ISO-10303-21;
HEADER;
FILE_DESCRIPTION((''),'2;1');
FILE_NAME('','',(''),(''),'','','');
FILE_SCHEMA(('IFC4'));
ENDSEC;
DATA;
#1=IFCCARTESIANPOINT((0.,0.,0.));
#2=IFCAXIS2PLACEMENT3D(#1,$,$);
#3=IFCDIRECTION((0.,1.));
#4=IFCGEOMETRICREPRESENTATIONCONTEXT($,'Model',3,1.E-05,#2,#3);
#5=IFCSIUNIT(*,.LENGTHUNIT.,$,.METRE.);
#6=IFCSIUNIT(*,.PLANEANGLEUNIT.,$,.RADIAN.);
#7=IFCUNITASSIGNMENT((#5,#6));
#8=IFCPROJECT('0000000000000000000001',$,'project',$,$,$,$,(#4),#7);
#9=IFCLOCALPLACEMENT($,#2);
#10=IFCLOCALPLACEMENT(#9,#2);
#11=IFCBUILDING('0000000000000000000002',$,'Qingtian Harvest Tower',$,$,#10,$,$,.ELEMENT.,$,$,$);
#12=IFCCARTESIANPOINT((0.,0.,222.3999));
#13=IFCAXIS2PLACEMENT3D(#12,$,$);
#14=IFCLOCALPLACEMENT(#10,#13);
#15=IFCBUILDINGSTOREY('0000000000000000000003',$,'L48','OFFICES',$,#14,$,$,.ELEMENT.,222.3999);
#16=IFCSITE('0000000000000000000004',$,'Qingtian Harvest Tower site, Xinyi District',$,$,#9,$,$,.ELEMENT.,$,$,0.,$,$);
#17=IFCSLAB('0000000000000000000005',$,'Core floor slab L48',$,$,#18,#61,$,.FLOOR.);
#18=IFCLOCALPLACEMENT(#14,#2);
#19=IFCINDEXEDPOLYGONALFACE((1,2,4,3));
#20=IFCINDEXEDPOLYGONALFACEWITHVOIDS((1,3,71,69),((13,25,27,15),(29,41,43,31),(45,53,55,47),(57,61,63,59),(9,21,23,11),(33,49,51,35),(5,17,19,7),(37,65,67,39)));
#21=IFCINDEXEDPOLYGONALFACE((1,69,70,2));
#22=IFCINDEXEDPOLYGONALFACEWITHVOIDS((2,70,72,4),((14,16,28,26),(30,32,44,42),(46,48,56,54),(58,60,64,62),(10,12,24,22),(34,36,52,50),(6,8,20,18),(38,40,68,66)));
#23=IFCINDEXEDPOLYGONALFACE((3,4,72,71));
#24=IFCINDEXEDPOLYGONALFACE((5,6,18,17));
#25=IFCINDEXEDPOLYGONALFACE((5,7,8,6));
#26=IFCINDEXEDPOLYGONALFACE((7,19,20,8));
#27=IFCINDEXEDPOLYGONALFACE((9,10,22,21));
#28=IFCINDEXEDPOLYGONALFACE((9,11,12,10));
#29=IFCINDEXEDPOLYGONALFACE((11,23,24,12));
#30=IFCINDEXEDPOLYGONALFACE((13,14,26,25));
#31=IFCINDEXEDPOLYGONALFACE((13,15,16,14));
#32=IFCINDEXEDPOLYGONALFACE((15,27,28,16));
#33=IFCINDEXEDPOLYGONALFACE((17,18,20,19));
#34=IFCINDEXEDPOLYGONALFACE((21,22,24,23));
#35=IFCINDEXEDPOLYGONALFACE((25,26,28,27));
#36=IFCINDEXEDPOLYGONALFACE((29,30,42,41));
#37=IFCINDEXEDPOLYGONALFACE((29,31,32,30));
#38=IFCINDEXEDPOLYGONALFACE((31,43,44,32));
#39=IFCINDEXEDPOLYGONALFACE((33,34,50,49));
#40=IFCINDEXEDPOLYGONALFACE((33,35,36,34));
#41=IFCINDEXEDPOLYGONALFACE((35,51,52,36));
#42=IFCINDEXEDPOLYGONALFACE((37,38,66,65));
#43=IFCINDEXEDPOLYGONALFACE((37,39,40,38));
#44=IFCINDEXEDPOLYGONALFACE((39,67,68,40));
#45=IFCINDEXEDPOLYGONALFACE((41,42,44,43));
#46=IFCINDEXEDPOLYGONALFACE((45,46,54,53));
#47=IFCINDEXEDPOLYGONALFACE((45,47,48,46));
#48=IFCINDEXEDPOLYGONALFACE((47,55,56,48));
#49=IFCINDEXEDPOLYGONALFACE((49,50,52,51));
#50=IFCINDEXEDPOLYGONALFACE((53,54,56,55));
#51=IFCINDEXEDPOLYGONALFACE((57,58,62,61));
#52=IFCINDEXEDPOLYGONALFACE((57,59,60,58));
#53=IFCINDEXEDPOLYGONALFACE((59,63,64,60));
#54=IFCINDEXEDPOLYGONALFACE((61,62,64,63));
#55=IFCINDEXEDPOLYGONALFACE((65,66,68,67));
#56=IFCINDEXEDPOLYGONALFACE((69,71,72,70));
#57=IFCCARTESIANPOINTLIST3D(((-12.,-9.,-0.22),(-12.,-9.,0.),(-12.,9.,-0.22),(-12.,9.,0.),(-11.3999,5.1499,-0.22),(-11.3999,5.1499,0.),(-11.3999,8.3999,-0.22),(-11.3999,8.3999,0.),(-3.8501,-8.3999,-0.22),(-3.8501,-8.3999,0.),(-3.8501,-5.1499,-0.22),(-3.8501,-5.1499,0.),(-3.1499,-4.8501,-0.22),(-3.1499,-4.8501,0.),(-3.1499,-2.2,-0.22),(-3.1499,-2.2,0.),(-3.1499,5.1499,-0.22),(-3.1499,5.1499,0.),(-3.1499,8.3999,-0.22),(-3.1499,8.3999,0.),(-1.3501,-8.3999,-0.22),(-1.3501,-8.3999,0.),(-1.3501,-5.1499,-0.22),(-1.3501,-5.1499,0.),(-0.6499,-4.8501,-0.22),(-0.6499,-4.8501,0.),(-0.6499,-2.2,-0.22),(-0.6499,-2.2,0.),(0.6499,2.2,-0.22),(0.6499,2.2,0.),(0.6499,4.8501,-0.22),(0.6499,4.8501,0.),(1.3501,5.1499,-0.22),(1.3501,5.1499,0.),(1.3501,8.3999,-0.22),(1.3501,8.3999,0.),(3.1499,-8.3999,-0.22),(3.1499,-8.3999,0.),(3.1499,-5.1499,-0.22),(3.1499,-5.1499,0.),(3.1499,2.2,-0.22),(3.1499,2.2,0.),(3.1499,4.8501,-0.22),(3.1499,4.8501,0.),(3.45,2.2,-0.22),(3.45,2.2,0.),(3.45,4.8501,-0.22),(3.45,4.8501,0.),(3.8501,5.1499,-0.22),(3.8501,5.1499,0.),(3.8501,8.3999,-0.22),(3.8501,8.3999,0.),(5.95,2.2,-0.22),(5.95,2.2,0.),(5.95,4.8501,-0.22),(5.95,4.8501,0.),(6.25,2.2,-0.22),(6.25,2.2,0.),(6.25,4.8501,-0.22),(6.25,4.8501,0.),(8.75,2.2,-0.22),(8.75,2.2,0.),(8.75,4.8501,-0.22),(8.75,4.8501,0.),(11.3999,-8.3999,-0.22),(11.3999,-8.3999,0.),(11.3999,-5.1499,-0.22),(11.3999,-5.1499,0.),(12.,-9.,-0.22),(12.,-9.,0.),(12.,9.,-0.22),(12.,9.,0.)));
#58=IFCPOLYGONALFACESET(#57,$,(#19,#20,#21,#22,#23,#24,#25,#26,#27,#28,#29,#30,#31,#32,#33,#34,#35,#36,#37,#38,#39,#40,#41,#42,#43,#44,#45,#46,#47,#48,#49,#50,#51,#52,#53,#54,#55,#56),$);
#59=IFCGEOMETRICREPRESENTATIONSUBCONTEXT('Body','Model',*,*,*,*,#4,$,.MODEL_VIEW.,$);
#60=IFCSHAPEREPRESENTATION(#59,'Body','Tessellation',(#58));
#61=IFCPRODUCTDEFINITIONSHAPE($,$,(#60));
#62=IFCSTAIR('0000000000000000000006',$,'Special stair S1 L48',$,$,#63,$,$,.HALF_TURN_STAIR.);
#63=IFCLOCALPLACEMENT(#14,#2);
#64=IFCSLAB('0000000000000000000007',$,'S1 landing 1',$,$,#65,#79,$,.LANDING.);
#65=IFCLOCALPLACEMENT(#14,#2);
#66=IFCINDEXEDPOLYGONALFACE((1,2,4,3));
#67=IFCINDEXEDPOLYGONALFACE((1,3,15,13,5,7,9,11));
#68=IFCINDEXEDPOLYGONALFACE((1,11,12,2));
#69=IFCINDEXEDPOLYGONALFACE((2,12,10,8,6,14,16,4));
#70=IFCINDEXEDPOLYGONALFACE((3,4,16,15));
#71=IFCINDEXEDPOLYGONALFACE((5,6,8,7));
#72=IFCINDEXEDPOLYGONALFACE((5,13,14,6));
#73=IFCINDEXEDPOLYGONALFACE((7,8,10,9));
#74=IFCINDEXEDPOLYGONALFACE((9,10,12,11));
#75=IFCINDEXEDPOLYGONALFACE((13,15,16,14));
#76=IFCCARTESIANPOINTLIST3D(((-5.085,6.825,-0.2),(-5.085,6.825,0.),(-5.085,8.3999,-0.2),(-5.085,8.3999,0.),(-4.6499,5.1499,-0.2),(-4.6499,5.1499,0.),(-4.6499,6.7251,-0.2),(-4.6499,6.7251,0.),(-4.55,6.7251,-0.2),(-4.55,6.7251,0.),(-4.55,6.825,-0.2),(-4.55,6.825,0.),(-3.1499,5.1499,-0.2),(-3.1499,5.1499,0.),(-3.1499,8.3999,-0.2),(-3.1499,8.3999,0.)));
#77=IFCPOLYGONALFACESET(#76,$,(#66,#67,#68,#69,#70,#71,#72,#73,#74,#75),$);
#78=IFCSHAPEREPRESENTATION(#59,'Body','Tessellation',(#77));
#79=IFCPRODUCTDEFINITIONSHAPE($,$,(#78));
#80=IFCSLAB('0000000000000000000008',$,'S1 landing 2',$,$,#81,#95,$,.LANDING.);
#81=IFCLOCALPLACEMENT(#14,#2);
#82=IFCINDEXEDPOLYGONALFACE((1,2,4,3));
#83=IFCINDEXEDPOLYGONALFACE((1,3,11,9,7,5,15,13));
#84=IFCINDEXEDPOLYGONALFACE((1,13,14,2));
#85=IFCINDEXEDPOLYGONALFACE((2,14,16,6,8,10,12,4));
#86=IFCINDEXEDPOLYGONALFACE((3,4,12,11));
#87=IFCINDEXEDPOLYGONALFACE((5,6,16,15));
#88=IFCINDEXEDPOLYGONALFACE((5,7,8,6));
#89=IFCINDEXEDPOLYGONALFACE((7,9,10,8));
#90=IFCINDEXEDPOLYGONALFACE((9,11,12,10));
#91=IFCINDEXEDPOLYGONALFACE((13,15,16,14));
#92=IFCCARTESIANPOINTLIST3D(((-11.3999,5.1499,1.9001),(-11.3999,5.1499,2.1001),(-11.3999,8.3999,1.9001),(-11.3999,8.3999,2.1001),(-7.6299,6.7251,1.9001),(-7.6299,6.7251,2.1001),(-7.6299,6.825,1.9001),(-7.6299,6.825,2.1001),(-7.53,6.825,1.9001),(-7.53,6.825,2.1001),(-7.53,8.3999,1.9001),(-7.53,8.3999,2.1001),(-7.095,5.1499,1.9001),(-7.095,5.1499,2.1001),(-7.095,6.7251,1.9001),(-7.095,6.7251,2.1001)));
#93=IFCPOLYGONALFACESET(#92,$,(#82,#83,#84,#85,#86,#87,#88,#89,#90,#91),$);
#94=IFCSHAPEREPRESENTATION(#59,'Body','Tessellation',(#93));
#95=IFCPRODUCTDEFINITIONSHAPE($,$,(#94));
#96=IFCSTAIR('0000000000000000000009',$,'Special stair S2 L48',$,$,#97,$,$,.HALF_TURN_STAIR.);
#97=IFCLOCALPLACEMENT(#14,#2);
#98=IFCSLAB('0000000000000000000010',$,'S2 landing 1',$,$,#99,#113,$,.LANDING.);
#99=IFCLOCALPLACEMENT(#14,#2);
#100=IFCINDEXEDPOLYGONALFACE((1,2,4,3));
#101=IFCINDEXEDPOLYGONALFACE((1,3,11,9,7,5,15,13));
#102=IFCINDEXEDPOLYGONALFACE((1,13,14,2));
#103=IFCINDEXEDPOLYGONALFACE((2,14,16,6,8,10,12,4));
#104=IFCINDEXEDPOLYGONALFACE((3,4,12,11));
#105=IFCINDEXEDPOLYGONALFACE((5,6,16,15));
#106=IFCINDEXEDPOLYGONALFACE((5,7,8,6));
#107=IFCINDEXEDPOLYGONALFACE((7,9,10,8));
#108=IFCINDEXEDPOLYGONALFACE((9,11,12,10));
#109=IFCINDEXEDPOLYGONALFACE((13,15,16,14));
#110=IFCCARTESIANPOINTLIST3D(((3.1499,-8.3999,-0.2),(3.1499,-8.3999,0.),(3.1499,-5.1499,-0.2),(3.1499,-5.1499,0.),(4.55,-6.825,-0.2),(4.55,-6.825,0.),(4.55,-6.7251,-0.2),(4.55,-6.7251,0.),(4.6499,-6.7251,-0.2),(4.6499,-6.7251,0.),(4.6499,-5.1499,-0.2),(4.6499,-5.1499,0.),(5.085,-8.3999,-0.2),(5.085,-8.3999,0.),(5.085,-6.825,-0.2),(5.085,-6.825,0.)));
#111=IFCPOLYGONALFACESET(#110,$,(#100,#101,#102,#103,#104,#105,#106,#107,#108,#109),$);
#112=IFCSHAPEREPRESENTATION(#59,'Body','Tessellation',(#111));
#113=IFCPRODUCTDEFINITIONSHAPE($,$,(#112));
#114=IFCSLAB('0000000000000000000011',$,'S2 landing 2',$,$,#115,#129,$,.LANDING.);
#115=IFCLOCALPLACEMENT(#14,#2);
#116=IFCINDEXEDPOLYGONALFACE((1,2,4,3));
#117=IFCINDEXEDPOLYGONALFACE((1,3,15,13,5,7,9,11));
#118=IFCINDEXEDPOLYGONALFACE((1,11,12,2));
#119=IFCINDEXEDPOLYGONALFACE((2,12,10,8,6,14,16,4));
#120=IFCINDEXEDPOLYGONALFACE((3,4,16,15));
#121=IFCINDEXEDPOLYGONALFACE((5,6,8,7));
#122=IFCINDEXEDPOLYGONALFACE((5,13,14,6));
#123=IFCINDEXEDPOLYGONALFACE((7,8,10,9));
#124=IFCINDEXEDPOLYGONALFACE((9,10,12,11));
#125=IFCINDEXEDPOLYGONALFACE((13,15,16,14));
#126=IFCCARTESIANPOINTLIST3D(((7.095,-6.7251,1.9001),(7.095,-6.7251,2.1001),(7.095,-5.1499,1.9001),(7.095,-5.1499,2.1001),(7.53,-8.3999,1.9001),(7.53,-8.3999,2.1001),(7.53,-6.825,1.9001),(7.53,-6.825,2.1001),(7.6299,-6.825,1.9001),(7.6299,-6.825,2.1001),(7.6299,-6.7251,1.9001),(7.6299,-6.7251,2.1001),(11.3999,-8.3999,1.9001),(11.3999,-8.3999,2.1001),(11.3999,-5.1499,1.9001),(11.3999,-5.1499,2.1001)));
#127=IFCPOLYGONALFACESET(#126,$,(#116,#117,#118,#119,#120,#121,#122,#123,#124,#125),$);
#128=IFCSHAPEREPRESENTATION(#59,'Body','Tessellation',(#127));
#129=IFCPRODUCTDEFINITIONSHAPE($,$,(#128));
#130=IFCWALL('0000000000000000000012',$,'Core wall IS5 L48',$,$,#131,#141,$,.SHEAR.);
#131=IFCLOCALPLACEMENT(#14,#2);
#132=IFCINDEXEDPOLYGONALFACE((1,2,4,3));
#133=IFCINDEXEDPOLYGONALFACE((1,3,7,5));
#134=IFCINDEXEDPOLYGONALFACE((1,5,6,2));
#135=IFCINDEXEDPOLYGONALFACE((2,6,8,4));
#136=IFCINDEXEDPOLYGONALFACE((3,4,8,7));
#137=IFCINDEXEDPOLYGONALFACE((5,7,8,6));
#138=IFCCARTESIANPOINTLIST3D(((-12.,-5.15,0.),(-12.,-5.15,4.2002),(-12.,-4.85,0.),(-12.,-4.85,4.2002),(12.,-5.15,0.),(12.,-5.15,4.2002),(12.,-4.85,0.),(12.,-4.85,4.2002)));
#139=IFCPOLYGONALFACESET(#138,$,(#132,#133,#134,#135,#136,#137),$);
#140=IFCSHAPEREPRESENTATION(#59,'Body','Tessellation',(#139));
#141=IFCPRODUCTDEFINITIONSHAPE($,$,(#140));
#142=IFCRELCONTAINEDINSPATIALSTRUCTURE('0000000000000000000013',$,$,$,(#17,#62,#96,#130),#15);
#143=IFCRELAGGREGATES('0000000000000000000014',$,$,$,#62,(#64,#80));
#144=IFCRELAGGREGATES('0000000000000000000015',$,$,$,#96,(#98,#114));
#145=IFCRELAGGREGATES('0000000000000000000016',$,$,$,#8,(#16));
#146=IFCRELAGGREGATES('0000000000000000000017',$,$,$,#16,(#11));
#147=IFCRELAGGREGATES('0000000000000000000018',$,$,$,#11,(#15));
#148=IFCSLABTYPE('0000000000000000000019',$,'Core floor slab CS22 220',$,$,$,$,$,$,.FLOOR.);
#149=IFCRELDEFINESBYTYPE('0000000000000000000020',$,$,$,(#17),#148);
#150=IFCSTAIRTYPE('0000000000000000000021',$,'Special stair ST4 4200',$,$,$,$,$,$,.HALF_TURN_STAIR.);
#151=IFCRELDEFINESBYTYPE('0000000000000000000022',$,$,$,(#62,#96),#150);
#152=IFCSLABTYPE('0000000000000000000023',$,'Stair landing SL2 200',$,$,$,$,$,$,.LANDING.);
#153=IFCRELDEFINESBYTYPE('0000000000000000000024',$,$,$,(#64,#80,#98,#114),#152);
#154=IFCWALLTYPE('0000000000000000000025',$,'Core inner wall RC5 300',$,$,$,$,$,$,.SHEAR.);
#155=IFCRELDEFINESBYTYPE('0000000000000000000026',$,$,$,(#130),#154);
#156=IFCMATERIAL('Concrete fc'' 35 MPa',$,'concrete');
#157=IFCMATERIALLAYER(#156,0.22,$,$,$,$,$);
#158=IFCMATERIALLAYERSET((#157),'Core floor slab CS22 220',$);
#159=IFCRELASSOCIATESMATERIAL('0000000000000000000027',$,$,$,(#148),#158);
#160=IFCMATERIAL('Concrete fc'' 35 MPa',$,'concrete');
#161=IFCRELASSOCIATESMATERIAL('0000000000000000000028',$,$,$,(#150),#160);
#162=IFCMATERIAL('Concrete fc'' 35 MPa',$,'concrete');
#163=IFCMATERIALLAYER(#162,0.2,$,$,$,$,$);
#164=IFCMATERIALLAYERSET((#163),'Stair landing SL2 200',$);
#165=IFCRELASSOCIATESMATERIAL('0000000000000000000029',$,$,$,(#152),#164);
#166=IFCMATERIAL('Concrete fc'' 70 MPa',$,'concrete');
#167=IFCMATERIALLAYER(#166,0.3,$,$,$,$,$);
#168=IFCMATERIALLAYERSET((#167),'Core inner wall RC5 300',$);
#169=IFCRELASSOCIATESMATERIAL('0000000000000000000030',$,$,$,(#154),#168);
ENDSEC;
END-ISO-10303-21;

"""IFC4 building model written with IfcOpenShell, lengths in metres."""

from ifc_helpers import new_model, si_unit, direction, frame, frame_2d, origin, place, context, subcontext, project, spatial, polyline, rectangle, outline, extrude, material, layer, layer_set, type_object, element, aggregate, save


model = new_model("IFC4")

# Units and contexts
model_context = context("Model", 3, precision=1e-05, world=origin(), true_north=direction((0.0, 1.0)))
body_context = subcontext(model_context, "Body", "Model", "MODEL_VIEW")
ifc_project = project(units=[si_unit("LENGTHUNIT", "METRE"), si_unit("PLANEANGLEUNIT", "RADIAN")], contexts=[model_context])

# Site, building, storey
site_placement = place(None, origin())
site = spatial("IfcSite", under=ifc_project, at=site_placement, Name="Qingtian Harvest Tower site, Xinyi District", CompositionType="ELEMENT", RefElevation=0.0)
building_placement = place(site_placement, origin())
building = spatial("IfcBuilding", under=site, at=building_placement, Name="Qingtian Harvest Tower", CompositionType="ELEMENT")
storey_placement = place(building_placement, frame((0.0, 0.0, 222.3999)))
storey = spatial("IfcBuildingStorey", under=building, at=storey_placement, Name="L48", Description="OFFICES", CompositionType="ELEMENT", Elevation=222.3999)

# Slab
ifc_material_1 = material(Name="Concrete fc' 35 MPa", Category="concrete")
ifc_layer_1 = layer(ifc_material_1, 0.22)
ifc_layer_set_1 = layer_set([ifc_layer_1], Name="Core floor slab CS22 220")
slab_type_1 = type_object("IfcSlabType", Name="Core floor slab CS22 220", PredefinedType="FLOOR", material=ifc_layer_set_1)
slab_1_placement = place(storey_placement, frame((0.0, 0.0, -0.22)))
element("IfcSlab", 1, at=slab_1_placement, inside=storey, type_object=slab_type_1, Name="Core floor slab L48", PredefinedType="FLOOR", context=body_context, shape_type="SweptSolid", body=[
    extrude(outline(polyline([(-12.0, -9.0), (12.0, -9.0), (12.0, 9.0), (-12.0, 9.0), (-12.0, -9.0)]), holes=[polyline([(-11.3999, 5.1499), (-3.1499, 5.1499), (-3.1499, 8.3999), (-11.3999, 8.3999), (-11.3999, 5.1499)]), polyline([(3.1499, -8.3999), (11.3999, -8.3999), (11.3999, -5.1499), (3.1499, -5.1499), (3.1499, -8.3999)]), polyline([(1.3501, 5.1499), (3.8501, 5.1499), (3.8501, 8.3999), (1.3501, 8.3999), (1.3501, 5.1499)]), polyline([(-3.8501, -8.3999), (-1.3501, -8.3999), (-1.3501, -5.1499), (-3.8501, -5.1499), (-3.8501, -8.3999)]), polyline([(0.6499, 2.2), (3.1499, 2.2), (3.1499, 4.8501), (0.6499, 4.8501), (0.6499, 2.2)]), polyline([(3.45, 2.2), (5.95, 2.2), (5.95, 4.8501), (3.45, 4.8501), (3.45, 2.2)]), polyline([(6.25, 2.2), (8.75, 2.2), (8.75, 4.8501), (6.25, 4.8501), (6.25, 2.2)]), polyline([(-3.1499, -4.8501), (-0.6499, -4.8501), (-0.6499, -2.2), (-3.1499, -2.2), (-3.1499, -4.8501)])]), origin(), (0.0, 0.0, 1.0), 0.22),
])

# Stairs, slabs
ifc_material_2 = material(Name="Concrete fc' 35 MPa", Category="concrete")
stair_type = type_object("IfcStairType", Name="Special stair ST4 4200", PredefinedType="HALF_TURN_STAIR", material=ifc_material_2)
stair_1_placement = place(storey_placement, origin())
stair_1 = element("IfcStair", 2, at=stair_1_placement, inside=storey, type_object=stair_type, Name="Special stair S1 L48", PredefinedType="HALF_TURN_STAIR")
ifc_material_3 = material(Name="Concrete fc' 35 MPa", Category="concrete")
ifc_layer_2 = layer(ifc_material_3, 0.2)
ifc_layer_set_2 = layer_set([ifc_layer_2], Name="Stair landing SL2 200")
slab_type_2 = type_object("IfcSlabType", Name="Stair landing SL2 200", PredefinedType="LANDING", material=ifc_layer_set_2)
slab_2_placement = place(storey_placement, frame((0.0, 0.0, -0.2)))
slab_2 = element("IfcSlab", 3, at=slab_2_placement, type_object=slab_type_2, Name="S1 landing 1", PredefinedType="LANDING", context=body_context, shape_type="SweptSolid", body=[
    extrude(outline(polyline([(-4.6499, 5.1499), (-4.6499, 6.7251), (-4.55, 6.7251), (-4.55, 6.825), (-5.085, 6.825), (-5.085, 8.3999), (-3.1499, 8.3999), (-3.1499, 5.1499), (-4.6499, 5.1499)])), origin(), (0.0, 0.0, 1.0), 0.2),
])
slab_3_placement = place(storey_placement, frame((0.0, 0.0, 1.9001)))
slab_3 = element("IfcSlab", 4, at=slab_3_placement, type_object=slab_type_2, Name="S1 landing 2", PredefinedType="LANDING", context=body_context, shape_type="SweptSolid", body=[
    extrude(outline(polyline([(-7.095, 5.1499), (-11.3999, 5.1499), (-11.3999, 8.3999), (-7.53, 8.3999), (-7.53, 6.825), (-7.6299, 6.825), (-7.6299, 6.7251), (-7.095, 6.7251), (-7.095, 5.1499)])), origin(), (0.0, 0.0, 1.0), 0.2),
])
aggregate(stair_1, [slab_2, slab_3])
stair_2_placement = place(storey_placement, origin())
stair_2 = element("IfcStair", 5, at=stair_2_placement, inside=storey, type_object=stair_type, Name="Special stair S2 L48", PredefinedType="HALF_TURN_STAIR")
slab_4_placement = place(storey_placement, frame((0.0, 0.0, -0.2)))
slab_4 = element("IfcSlab", 6, at=slab_4_placement, type_object=slab_type_2, Name="S2 landing 1", PredefinedType="LANDING", context=body_context, shape_type="SweptSolid", body=[
    extrude(outline(polyline([(5.085, -8.3999), (3.1499, -8.3999), (3.1499, -5.1499), (4.6499, -5.1499), (4.6499, -6.7251), (4.55, -6.7251), (4.55, -6.825), (5.085, -6.825), (5.085, -8.3999)])), origin(), (0.0, 0.0, 1.0), 0.2),
])
slab_5_placement = place(storey_placement, frame((0.0, 0.0, 1.9001)))
slab_5 = element("IfcSlab", 7, at=slab_5_placement, type_object=slab_type_2, Name="S2 landing 2", PredefinedType="LANDING", context=body_context, shape_type="SweptSolid", body=[
    extrude(outline(polyline([(7.53, -8.3999), (7.53, -6.825), (7.6299, -6.825), (7.6299, -6.7251), (7.095, -6.7251), (7.095, -5.1499), (11.3999, -5.1499), (11.3999, -8.3999), (7.53, -8.3999)])), origin(), (0.0, 0.0, 1.0), 0.2),
])
aggregate(stair_2, [slab_4, slab_5])

# Wall
ifc_material_4 = material(Name="Concrete fc' 70 MPa", Category="concrete")
ifc_layer_3 = layer(ifc_material_4, 0.3)
ifc_layer_set_3 = layer_set([ifc_layer_3], Name="Core inner wall RC5 300")
wall_type_1 = type_object("IfcWallType", Name="Core inner wall RC5 300", PredefinedType="SHEAR", material=ifc_layer_set_3)
wall_1_placement = place(storey_placement, frame((-12.0, -5.0, 0.0), z_axis=(0.0, 0.0, 1.0), x_axis=(1.0, 0.0, 0.0)))
element("IfcWall", 8, at=wall_1_placement, inside=storey, type_object=wall_type_1, Name="Core wall IS5 L48", PredefinedType="SHEAR", context=body_context, shape_type="SweptSolid", body=[
    extrude(rectangle(XDim=24.0, YDim=0.3, at=frame_2d((12.0, 0.0))), origin(), (0.0, 0.0, 1.0), 4.2002),
])

save(model, "model.ifc")
